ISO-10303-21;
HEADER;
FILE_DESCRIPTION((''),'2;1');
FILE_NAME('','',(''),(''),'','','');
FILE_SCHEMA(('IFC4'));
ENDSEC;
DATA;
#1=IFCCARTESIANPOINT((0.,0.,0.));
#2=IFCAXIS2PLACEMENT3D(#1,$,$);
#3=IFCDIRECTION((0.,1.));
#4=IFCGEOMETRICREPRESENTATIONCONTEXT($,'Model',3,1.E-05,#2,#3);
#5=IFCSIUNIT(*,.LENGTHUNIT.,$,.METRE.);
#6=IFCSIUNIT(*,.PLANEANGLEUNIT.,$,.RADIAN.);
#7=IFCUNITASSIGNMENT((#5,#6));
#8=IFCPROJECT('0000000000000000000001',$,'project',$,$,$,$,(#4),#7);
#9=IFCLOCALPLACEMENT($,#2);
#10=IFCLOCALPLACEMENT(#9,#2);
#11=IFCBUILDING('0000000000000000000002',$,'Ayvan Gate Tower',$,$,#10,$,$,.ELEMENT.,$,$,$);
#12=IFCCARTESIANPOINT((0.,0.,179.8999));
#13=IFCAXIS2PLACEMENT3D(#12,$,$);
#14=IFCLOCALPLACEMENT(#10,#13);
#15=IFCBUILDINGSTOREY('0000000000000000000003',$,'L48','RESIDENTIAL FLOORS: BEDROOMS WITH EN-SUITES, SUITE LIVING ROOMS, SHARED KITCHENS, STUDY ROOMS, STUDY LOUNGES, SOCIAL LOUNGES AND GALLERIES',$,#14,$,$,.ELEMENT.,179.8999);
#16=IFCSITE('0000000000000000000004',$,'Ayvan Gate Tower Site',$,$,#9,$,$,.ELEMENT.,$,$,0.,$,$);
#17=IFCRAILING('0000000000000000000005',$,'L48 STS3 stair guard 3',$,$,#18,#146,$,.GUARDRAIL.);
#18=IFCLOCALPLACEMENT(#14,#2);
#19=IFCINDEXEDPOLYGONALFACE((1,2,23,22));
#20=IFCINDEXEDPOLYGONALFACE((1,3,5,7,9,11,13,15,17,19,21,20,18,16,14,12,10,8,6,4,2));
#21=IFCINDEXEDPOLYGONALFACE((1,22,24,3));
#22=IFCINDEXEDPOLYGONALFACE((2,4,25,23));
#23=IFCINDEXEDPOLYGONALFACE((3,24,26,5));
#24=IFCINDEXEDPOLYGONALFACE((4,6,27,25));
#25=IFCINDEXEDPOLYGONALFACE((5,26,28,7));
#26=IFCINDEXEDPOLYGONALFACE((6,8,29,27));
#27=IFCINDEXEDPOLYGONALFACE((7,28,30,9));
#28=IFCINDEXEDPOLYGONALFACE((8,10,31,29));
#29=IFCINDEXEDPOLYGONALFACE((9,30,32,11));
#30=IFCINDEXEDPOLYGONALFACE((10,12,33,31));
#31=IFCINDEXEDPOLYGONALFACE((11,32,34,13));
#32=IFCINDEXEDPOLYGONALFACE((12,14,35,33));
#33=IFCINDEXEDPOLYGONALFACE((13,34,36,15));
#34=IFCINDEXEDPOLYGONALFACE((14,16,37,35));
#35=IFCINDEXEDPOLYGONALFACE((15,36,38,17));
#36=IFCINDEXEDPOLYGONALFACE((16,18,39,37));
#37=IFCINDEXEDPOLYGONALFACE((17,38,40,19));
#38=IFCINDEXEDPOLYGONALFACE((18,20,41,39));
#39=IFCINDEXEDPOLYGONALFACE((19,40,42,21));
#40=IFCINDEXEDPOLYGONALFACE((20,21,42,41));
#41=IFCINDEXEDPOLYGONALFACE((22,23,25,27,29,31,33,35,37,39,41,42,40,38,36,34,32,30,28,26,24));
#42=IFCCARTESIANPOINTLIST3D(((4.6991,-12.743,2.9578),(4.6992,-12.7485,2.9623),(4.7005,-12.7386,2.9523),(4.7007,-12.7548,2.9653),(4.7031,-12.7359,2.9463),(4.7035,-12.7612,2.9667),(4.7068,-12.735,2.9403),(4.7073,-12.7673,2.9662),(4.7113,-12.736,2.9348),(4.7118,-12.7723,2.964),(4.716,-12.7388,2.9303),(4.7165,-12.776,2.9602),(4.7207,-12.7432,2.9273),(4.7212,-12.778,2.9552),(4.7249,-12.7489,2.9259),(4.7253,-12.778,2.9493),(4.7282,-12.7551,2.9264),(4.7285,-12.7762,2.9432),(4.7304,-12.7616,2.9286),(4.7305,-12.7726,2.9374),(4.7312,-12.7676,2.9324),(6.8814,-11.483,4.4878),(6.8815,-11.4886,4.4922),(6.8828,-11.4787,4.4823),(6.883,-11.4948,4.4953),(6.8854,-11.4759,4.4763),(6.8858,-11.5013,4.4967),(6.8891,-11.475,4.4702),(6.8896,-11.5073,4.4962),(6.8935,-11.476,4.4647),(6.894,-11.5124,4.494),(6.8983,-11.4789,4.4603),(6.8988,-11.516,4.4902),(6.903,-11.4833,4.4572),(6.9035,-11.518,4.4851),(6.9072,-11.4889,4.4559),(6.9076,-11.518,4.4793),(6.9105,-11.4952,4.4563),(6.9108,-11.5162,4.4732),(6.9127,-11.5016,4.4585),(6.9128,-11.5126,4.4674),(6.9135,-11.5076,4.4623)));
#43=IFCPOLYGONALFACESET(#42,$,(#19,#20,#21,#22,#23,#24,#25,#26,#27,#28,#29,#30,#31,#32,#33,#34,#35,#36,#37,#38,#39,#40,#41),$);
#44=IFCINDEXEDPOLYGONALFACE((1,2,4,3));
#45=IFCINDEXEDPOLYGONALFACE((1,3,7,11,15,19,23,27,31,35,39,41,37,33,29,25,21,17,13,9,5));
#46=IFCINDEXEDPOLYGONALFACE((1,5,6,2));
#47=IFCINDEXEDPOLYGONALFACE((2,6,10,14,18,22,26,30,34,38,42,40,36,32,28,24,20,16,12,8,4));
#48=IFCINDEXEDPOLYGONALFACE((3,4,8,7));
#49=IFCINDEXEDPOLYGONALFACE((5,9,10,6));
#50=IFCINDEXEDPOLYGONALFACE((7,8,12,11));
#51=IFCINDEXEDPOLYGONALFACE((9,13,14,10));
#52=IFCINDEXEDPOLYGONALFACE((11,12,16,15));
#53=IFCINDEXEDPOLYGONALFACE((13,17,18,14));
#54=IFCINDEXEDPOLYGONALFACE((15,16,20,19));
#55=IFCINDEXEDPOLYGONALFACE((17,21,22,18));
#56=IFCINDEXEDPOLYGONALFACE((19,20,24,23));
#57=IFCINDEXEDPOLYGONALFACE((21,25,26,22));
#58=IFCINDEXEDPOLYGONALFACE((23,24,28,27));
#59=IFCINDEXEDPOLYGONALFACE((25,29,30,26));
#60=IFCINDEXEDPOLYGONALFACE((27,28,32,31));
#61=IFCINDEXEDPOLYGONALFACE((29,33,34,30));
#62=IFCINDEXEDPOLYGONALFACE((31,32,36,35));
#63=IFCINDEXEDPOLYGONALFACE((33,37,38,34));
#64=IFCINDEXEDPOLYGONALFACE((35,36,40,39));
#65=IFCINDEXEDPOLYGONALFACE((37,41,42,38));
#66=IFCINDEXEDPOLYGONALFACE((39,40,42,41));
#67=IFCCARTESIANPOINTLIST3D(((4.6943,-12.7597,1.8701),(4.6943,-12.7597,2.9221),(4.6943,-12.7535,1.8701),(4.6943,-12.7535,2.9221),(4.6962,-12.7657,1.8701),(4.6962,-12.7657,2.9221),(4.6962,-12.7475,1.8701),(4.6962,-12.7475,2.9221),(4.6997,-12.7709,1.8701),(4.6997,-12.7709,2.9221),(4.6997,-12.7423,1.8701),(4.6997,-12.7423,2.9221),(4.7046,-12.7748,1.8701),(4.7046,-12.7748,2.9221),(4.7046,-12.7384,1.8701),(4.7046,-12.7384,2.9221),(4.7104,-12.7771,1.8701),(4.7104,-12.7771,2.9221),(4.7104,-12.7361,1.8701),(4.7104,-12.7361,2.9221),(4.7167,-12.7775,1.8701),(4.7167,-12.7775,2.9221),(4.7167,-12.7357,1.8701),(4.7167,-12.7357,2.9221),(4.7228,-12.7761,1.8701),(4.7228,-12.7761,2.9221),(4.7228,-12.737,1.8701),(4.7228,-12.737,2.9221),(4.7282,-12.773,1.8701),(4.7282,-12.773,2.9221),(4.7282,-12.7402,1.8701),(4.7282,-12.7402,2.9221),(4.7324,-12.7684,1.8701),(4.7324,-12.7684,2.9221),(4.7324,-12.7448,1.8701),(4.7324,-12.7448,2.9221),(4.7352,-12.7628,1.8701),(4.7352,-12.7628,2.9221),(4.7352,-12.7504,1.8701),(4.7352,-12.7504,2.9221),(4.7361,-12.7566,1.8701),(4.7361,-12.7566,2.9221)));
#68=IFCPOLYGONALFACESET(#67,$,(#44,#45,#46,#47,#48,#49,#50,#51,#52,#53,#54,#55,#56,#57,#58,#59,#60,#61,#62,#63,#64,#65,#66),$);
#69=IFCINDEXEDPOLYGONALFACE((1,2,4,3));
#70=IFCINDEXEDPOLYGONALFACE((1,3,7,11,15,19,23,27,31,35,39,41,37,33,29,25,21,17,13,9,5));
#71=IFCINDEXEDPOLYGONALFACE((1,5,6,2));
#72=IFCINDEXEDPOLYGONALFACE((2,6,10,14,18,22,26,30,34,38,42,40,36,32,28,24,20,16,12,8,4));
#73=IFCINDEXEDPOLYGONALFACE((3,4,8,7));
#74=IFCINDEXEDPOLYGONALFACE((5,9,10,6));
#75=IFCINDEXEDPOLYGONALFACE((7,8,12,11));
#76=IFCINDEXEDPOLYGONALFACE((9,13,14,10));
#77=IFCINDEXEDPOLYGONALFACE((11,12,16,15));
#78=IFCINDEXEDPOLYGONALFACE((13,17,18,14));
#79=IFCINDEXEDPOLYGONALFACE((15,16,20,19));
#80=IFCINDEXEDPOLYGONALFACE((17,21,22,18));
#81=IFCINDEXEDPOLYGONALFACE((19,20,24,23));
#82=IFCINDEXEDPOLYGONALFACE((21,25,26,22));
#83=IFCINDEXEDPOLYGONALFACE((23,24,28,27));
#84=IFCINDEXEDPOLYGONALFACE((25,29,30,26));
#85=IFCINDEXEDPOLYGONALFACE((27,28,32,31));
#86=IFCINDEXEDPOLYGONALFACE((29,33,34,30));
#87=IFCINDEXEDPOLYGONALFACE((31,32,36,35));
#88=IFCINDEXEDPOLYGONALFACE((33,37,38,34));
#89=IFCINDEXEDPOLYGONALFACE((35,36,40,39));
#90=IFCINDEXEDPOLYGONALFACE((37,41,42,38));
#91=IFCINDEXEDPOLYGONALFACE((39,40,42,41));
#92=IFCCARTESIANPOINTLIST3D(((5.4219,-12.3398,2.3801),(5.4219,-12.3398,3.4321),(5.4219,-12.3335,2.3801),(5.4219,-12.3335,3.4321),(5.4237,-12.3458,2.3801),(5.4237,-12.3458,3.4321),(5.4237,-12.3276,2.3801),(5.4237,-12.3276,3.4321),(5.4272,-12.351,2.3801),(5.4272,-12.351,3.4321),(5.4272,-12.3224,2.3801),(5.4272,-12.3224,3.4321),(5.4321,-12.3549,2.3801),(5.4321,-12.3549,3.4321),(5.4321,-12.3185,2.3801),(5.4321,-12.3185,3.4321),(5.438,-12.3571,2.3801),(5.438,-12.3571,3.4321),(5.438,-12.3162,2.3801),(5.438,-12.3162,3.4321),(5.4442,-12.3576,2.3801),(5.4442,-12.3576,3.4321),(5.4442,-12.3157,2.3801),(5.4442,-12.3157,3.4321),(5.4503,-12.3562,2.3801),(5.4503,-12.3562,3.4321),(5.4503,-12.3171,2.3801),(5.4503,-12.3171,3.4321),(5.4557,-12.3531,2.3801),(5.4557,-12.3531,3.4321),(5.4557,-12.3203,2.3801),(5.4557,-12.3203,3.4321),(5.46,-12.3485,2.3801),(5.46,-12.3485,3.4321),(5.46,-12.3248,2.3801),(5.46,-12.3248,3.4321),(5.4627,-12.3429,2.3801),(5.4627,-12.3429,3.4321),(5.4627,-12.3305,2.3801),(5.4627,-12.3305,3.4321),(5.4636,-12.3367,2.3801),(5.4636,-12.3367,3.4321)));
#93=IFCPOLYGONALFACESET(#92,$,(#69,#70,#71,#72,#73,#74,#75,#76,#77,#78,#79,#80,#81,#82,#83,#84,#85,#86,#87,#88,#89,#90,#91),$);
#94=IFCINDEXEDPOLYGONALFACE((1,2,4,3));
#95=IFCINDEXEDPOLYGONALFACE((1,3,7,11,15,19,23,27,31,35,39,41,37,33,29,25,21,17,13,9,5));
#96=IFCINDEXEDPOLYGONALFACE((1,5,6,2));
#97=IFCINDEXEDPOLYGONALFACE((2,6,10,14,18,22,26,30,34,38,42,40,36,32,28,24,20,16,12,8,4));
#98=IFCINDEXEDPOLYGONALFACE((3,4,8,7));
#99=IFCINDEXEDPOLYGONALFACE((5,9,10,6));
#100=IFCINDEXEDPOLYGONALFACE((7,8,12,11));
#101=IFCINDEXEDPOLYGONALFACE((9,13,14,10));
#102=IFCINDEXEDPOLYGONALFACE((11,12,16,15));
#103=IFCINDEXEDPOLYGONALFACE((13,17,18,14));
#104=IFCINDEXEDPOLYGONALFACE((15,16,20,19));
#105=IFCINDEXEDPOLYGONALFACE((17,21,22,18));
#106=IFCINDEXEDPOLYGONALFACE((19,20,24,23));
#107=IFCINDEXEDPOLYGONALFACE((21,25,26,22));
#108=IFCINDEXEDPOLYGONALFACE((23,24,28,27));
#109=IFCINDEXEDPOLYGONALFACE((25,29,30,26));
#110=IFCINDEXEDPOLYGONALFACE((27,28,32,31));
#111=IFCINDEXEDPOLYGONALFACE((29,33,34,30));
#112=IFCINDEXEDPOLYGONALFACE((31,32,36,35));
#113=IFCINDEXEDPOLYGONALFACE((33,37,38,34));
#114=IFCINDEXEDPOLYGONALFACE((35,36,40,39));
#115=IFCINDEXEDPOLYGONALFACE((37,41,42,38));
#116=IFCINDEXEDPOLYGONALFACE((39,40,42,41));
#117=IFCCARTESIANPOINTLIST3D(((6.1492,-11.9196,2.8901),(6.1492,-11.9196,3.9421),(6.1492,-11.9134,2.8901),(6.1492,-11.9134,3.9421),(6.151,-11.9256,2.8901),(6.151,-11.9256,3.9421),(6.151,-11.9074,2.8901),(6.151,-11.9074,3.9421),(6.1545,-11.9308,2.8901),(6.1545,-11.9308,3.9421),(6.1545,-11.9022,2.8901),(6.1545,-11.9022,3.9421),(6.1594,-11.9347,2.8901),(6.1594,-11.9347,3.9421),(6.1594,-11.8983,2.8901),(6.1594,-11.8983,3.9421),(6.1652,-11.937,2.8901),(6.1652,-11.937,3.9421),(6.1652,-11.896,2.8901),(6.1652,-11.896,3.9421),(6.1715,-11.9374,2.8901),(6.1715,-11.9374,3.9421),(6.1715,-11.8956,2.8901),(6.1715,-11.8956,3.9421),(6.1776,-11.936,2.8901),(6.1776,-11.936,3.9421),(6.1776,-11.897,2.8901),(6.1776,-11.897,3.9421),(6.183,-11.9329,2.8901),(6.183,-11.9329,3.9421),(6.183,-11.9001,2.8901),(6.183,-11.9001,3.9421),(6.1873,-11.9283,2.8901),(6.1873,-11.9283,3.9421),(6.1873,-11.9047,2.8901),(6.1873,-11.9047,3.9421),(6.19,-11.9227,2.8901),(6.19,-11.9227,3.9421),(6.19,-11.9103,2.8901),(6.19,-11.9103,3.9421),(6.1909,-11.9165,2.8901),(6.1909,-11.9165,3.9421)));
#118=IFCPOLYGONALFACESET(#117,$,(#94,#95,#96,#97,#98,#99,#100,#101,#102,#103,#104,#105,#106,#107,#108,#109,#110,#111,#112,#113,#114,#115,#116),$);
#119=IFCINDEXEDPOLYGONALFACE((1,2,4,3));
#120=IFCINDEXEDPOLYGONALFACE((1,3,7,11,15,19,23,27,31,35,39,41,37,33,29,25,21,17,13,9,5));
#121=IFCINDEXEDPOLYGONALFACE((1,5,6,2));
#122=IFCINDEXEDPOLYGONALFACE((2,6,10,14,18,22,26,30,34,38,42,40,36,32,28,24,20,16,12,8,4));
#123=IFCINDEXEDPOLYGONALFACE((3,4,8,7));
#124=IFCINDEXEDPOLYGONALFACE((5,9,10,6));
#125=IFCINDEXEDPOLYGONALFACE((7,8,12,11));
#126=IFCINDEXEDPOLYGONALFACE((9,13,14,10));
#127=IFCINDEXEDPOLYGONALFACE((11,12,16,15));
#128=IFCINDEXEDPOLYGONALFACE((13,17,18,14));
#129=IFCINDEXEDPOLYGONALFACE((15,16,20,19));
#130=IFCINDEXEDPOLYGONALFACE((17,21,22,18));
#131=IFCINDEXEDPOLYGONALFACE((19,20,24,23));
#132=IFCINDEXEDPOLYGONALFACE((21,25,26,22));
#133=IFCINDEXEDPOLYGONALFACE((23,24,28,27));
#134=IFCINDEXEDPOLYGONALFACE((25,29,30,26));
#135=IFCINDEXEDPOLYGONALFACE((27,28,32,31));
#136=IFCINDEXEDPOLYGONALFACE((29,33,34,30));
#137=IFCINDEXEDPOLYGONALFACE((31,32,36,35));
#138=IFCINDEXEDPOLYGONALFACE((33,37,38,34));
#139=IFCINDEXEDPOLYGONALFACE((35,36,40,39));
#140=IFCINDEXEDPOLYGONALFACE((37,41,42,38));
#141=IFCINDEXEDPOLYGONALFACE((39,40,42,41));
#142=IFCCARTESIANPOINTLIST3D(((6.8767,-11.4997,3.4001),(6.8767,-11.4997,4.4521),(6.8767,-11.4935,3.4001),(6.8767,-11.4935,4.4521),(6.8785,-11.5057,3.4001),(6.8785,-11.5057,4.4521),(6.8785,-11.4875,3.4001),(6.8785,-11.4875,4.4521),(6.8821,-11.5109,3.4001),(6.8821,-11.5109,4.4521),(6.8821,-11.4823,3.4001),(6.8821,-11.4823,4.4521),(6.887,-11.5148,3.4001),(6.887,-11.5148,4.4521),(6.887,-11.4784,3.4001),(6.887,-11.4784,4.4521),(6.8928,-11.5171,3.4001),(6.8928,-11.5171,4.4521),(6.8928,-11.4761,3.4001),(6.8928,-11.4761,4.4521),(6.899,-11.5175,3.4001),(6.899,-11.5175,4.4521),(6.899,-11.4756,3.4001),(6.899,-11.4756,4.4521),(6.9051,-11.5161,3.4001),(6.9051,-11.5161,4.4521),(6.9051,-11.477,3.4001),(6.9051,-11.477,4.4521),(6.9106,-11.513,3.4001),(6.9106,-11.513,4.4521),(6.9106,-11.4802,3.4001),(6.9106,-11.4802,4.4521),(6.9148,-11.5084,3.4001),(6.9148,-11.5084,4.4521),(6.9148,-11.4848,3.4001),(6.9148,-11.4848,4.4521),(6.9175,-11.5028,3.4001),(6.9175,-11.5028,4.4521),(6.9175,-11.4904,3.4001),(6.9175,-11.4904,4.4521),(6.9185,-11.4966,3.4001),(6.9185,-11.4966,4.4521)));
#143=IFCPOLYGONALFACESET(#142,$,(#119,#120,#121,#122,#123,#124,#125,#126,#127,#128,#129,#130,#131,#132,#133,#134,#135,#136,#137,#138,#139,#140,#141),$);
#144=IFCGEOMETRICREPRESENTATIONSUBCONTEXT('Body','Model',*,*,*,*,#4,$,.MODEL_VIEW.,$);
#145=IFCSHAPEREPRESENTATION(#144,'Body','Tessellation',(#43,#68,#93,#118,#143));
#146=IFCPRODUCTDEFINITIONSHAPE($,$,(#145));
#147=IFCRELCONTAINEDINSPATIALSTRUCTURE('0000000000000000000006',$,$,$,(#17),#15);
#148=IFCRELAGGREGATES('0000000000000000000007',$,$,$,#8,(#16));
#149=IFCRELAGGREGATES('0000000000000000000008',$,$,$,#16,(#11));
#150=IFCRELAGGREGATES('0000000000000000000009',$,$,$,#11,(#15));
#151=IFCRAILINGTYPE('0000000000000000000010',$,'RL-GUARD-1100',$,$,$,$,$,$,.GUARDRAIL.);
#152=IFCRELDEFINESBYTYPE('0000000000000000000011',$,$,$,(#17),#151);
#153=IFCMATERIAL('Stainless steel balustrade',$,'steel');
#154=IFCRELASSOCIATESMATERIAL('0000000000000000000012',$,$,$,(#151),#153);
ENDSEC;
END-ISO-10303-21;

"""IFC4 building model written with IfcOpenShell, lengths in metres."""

from ifc_helpers import new_model, si_unit, direction, frame, origin, origin_2d, place, context, subcontext, project, spatial, circle, extrude, material, type_object, element, save


model = new_model("IFC4")

# Units and contexts
model_context = context("Model", 3, precision=1e-05, world=origin(), true_north=direction((0.0, 1.0)))
body_context = subcontext(model_context, "Body", "Model", "MODEL_VIEW")
ifc_project = project(units=[si_unit("LENGTHUNIT", "METRE"), si_unit("PLANEANGLEUNIT", "RADIAN")], contexts=[model_context])

# Site, building, storey
site_placement = place(None, origin())
site = spatial("IfcSite", under=ifc_project, at=site_placement, Name="Ayvan Gate Tower Site", CompositionType="ELEMENT", RefElevation=0.0)
building_placement = place(site_placement, origin())
building = spatial("IfcBuilding", under=site, at=building_placement, Name="Ayvan Gate Tower", CompositionType="ELEMENT")
storey_placement = place(building_placement, frame((0.0, 0.0, 179.8999)))
storey = spatial("IfcBuildingStorey", under=building, at=storey_placement, Name="L48", Description="RESIDENTIAL FLOORS: BEDROOMS WITH EN-SUITES, SUITE LIVING ROOMS, SHARED KITCHENS, STUDY ROOMS, STUDY LOUNGES, SOCIAL LOUNGES AND GALLERIES", CompositionType="ELEMENT", Elevation=179.8999)

# Railing
ifc_material_1 = material(Name="Stainless steel balustrade", Category="steel")
railing_type_1 = type_object("IfcRailingType", Name="RL-GUARD-1100", PredefinedType="GUARDRAIL", material=ifc_material_1)
railing_1_placement = place(storey_placement, frame((4.7151, -12.7566, 1.8701)))
element("IfcRailing", 1, at=railing_1_placement, inside=storey, type_object=railing_type_1, Name="L48 STS3 stair guard 3", PredefinedType="GUARDRAIL", context=body_context, shape_type="SweptSolid", body=[
    extrude(circle(Radius=0.0239, at=origin_2d()), frame((0.0, 0.0, 1.0762), z_axis=(0.740261, 0.427395, 0.518986), x_axis=(-0.500005, 0.866023, 0.0)), (0.0, 0.0, 1.0), 2.948),
    extrude(circle(Radius=0.021, at=origin_2d()), origin(), (0.0, 0.0, 1.0), 1.052),
    extrude(circle(Radius=0.021, at=origin_2d()), frame((0.7275, 0.4199, 0.51)), (0.0, 0.0, 1.0), 1.052),
    extrude(circle(Radius=0.021, at=origin_2d()), frame((1.4548, 0.8401, 1.02)), (0.0, 0.0, 1.0), 1.052),
    extrude(circle(Radius=0.021, at=origin_2d()), frame((2.1824, 1.26, 1.53)), (0.0, 0.0, 1.0), 1.052),
])

save(model, "model.ifc")
